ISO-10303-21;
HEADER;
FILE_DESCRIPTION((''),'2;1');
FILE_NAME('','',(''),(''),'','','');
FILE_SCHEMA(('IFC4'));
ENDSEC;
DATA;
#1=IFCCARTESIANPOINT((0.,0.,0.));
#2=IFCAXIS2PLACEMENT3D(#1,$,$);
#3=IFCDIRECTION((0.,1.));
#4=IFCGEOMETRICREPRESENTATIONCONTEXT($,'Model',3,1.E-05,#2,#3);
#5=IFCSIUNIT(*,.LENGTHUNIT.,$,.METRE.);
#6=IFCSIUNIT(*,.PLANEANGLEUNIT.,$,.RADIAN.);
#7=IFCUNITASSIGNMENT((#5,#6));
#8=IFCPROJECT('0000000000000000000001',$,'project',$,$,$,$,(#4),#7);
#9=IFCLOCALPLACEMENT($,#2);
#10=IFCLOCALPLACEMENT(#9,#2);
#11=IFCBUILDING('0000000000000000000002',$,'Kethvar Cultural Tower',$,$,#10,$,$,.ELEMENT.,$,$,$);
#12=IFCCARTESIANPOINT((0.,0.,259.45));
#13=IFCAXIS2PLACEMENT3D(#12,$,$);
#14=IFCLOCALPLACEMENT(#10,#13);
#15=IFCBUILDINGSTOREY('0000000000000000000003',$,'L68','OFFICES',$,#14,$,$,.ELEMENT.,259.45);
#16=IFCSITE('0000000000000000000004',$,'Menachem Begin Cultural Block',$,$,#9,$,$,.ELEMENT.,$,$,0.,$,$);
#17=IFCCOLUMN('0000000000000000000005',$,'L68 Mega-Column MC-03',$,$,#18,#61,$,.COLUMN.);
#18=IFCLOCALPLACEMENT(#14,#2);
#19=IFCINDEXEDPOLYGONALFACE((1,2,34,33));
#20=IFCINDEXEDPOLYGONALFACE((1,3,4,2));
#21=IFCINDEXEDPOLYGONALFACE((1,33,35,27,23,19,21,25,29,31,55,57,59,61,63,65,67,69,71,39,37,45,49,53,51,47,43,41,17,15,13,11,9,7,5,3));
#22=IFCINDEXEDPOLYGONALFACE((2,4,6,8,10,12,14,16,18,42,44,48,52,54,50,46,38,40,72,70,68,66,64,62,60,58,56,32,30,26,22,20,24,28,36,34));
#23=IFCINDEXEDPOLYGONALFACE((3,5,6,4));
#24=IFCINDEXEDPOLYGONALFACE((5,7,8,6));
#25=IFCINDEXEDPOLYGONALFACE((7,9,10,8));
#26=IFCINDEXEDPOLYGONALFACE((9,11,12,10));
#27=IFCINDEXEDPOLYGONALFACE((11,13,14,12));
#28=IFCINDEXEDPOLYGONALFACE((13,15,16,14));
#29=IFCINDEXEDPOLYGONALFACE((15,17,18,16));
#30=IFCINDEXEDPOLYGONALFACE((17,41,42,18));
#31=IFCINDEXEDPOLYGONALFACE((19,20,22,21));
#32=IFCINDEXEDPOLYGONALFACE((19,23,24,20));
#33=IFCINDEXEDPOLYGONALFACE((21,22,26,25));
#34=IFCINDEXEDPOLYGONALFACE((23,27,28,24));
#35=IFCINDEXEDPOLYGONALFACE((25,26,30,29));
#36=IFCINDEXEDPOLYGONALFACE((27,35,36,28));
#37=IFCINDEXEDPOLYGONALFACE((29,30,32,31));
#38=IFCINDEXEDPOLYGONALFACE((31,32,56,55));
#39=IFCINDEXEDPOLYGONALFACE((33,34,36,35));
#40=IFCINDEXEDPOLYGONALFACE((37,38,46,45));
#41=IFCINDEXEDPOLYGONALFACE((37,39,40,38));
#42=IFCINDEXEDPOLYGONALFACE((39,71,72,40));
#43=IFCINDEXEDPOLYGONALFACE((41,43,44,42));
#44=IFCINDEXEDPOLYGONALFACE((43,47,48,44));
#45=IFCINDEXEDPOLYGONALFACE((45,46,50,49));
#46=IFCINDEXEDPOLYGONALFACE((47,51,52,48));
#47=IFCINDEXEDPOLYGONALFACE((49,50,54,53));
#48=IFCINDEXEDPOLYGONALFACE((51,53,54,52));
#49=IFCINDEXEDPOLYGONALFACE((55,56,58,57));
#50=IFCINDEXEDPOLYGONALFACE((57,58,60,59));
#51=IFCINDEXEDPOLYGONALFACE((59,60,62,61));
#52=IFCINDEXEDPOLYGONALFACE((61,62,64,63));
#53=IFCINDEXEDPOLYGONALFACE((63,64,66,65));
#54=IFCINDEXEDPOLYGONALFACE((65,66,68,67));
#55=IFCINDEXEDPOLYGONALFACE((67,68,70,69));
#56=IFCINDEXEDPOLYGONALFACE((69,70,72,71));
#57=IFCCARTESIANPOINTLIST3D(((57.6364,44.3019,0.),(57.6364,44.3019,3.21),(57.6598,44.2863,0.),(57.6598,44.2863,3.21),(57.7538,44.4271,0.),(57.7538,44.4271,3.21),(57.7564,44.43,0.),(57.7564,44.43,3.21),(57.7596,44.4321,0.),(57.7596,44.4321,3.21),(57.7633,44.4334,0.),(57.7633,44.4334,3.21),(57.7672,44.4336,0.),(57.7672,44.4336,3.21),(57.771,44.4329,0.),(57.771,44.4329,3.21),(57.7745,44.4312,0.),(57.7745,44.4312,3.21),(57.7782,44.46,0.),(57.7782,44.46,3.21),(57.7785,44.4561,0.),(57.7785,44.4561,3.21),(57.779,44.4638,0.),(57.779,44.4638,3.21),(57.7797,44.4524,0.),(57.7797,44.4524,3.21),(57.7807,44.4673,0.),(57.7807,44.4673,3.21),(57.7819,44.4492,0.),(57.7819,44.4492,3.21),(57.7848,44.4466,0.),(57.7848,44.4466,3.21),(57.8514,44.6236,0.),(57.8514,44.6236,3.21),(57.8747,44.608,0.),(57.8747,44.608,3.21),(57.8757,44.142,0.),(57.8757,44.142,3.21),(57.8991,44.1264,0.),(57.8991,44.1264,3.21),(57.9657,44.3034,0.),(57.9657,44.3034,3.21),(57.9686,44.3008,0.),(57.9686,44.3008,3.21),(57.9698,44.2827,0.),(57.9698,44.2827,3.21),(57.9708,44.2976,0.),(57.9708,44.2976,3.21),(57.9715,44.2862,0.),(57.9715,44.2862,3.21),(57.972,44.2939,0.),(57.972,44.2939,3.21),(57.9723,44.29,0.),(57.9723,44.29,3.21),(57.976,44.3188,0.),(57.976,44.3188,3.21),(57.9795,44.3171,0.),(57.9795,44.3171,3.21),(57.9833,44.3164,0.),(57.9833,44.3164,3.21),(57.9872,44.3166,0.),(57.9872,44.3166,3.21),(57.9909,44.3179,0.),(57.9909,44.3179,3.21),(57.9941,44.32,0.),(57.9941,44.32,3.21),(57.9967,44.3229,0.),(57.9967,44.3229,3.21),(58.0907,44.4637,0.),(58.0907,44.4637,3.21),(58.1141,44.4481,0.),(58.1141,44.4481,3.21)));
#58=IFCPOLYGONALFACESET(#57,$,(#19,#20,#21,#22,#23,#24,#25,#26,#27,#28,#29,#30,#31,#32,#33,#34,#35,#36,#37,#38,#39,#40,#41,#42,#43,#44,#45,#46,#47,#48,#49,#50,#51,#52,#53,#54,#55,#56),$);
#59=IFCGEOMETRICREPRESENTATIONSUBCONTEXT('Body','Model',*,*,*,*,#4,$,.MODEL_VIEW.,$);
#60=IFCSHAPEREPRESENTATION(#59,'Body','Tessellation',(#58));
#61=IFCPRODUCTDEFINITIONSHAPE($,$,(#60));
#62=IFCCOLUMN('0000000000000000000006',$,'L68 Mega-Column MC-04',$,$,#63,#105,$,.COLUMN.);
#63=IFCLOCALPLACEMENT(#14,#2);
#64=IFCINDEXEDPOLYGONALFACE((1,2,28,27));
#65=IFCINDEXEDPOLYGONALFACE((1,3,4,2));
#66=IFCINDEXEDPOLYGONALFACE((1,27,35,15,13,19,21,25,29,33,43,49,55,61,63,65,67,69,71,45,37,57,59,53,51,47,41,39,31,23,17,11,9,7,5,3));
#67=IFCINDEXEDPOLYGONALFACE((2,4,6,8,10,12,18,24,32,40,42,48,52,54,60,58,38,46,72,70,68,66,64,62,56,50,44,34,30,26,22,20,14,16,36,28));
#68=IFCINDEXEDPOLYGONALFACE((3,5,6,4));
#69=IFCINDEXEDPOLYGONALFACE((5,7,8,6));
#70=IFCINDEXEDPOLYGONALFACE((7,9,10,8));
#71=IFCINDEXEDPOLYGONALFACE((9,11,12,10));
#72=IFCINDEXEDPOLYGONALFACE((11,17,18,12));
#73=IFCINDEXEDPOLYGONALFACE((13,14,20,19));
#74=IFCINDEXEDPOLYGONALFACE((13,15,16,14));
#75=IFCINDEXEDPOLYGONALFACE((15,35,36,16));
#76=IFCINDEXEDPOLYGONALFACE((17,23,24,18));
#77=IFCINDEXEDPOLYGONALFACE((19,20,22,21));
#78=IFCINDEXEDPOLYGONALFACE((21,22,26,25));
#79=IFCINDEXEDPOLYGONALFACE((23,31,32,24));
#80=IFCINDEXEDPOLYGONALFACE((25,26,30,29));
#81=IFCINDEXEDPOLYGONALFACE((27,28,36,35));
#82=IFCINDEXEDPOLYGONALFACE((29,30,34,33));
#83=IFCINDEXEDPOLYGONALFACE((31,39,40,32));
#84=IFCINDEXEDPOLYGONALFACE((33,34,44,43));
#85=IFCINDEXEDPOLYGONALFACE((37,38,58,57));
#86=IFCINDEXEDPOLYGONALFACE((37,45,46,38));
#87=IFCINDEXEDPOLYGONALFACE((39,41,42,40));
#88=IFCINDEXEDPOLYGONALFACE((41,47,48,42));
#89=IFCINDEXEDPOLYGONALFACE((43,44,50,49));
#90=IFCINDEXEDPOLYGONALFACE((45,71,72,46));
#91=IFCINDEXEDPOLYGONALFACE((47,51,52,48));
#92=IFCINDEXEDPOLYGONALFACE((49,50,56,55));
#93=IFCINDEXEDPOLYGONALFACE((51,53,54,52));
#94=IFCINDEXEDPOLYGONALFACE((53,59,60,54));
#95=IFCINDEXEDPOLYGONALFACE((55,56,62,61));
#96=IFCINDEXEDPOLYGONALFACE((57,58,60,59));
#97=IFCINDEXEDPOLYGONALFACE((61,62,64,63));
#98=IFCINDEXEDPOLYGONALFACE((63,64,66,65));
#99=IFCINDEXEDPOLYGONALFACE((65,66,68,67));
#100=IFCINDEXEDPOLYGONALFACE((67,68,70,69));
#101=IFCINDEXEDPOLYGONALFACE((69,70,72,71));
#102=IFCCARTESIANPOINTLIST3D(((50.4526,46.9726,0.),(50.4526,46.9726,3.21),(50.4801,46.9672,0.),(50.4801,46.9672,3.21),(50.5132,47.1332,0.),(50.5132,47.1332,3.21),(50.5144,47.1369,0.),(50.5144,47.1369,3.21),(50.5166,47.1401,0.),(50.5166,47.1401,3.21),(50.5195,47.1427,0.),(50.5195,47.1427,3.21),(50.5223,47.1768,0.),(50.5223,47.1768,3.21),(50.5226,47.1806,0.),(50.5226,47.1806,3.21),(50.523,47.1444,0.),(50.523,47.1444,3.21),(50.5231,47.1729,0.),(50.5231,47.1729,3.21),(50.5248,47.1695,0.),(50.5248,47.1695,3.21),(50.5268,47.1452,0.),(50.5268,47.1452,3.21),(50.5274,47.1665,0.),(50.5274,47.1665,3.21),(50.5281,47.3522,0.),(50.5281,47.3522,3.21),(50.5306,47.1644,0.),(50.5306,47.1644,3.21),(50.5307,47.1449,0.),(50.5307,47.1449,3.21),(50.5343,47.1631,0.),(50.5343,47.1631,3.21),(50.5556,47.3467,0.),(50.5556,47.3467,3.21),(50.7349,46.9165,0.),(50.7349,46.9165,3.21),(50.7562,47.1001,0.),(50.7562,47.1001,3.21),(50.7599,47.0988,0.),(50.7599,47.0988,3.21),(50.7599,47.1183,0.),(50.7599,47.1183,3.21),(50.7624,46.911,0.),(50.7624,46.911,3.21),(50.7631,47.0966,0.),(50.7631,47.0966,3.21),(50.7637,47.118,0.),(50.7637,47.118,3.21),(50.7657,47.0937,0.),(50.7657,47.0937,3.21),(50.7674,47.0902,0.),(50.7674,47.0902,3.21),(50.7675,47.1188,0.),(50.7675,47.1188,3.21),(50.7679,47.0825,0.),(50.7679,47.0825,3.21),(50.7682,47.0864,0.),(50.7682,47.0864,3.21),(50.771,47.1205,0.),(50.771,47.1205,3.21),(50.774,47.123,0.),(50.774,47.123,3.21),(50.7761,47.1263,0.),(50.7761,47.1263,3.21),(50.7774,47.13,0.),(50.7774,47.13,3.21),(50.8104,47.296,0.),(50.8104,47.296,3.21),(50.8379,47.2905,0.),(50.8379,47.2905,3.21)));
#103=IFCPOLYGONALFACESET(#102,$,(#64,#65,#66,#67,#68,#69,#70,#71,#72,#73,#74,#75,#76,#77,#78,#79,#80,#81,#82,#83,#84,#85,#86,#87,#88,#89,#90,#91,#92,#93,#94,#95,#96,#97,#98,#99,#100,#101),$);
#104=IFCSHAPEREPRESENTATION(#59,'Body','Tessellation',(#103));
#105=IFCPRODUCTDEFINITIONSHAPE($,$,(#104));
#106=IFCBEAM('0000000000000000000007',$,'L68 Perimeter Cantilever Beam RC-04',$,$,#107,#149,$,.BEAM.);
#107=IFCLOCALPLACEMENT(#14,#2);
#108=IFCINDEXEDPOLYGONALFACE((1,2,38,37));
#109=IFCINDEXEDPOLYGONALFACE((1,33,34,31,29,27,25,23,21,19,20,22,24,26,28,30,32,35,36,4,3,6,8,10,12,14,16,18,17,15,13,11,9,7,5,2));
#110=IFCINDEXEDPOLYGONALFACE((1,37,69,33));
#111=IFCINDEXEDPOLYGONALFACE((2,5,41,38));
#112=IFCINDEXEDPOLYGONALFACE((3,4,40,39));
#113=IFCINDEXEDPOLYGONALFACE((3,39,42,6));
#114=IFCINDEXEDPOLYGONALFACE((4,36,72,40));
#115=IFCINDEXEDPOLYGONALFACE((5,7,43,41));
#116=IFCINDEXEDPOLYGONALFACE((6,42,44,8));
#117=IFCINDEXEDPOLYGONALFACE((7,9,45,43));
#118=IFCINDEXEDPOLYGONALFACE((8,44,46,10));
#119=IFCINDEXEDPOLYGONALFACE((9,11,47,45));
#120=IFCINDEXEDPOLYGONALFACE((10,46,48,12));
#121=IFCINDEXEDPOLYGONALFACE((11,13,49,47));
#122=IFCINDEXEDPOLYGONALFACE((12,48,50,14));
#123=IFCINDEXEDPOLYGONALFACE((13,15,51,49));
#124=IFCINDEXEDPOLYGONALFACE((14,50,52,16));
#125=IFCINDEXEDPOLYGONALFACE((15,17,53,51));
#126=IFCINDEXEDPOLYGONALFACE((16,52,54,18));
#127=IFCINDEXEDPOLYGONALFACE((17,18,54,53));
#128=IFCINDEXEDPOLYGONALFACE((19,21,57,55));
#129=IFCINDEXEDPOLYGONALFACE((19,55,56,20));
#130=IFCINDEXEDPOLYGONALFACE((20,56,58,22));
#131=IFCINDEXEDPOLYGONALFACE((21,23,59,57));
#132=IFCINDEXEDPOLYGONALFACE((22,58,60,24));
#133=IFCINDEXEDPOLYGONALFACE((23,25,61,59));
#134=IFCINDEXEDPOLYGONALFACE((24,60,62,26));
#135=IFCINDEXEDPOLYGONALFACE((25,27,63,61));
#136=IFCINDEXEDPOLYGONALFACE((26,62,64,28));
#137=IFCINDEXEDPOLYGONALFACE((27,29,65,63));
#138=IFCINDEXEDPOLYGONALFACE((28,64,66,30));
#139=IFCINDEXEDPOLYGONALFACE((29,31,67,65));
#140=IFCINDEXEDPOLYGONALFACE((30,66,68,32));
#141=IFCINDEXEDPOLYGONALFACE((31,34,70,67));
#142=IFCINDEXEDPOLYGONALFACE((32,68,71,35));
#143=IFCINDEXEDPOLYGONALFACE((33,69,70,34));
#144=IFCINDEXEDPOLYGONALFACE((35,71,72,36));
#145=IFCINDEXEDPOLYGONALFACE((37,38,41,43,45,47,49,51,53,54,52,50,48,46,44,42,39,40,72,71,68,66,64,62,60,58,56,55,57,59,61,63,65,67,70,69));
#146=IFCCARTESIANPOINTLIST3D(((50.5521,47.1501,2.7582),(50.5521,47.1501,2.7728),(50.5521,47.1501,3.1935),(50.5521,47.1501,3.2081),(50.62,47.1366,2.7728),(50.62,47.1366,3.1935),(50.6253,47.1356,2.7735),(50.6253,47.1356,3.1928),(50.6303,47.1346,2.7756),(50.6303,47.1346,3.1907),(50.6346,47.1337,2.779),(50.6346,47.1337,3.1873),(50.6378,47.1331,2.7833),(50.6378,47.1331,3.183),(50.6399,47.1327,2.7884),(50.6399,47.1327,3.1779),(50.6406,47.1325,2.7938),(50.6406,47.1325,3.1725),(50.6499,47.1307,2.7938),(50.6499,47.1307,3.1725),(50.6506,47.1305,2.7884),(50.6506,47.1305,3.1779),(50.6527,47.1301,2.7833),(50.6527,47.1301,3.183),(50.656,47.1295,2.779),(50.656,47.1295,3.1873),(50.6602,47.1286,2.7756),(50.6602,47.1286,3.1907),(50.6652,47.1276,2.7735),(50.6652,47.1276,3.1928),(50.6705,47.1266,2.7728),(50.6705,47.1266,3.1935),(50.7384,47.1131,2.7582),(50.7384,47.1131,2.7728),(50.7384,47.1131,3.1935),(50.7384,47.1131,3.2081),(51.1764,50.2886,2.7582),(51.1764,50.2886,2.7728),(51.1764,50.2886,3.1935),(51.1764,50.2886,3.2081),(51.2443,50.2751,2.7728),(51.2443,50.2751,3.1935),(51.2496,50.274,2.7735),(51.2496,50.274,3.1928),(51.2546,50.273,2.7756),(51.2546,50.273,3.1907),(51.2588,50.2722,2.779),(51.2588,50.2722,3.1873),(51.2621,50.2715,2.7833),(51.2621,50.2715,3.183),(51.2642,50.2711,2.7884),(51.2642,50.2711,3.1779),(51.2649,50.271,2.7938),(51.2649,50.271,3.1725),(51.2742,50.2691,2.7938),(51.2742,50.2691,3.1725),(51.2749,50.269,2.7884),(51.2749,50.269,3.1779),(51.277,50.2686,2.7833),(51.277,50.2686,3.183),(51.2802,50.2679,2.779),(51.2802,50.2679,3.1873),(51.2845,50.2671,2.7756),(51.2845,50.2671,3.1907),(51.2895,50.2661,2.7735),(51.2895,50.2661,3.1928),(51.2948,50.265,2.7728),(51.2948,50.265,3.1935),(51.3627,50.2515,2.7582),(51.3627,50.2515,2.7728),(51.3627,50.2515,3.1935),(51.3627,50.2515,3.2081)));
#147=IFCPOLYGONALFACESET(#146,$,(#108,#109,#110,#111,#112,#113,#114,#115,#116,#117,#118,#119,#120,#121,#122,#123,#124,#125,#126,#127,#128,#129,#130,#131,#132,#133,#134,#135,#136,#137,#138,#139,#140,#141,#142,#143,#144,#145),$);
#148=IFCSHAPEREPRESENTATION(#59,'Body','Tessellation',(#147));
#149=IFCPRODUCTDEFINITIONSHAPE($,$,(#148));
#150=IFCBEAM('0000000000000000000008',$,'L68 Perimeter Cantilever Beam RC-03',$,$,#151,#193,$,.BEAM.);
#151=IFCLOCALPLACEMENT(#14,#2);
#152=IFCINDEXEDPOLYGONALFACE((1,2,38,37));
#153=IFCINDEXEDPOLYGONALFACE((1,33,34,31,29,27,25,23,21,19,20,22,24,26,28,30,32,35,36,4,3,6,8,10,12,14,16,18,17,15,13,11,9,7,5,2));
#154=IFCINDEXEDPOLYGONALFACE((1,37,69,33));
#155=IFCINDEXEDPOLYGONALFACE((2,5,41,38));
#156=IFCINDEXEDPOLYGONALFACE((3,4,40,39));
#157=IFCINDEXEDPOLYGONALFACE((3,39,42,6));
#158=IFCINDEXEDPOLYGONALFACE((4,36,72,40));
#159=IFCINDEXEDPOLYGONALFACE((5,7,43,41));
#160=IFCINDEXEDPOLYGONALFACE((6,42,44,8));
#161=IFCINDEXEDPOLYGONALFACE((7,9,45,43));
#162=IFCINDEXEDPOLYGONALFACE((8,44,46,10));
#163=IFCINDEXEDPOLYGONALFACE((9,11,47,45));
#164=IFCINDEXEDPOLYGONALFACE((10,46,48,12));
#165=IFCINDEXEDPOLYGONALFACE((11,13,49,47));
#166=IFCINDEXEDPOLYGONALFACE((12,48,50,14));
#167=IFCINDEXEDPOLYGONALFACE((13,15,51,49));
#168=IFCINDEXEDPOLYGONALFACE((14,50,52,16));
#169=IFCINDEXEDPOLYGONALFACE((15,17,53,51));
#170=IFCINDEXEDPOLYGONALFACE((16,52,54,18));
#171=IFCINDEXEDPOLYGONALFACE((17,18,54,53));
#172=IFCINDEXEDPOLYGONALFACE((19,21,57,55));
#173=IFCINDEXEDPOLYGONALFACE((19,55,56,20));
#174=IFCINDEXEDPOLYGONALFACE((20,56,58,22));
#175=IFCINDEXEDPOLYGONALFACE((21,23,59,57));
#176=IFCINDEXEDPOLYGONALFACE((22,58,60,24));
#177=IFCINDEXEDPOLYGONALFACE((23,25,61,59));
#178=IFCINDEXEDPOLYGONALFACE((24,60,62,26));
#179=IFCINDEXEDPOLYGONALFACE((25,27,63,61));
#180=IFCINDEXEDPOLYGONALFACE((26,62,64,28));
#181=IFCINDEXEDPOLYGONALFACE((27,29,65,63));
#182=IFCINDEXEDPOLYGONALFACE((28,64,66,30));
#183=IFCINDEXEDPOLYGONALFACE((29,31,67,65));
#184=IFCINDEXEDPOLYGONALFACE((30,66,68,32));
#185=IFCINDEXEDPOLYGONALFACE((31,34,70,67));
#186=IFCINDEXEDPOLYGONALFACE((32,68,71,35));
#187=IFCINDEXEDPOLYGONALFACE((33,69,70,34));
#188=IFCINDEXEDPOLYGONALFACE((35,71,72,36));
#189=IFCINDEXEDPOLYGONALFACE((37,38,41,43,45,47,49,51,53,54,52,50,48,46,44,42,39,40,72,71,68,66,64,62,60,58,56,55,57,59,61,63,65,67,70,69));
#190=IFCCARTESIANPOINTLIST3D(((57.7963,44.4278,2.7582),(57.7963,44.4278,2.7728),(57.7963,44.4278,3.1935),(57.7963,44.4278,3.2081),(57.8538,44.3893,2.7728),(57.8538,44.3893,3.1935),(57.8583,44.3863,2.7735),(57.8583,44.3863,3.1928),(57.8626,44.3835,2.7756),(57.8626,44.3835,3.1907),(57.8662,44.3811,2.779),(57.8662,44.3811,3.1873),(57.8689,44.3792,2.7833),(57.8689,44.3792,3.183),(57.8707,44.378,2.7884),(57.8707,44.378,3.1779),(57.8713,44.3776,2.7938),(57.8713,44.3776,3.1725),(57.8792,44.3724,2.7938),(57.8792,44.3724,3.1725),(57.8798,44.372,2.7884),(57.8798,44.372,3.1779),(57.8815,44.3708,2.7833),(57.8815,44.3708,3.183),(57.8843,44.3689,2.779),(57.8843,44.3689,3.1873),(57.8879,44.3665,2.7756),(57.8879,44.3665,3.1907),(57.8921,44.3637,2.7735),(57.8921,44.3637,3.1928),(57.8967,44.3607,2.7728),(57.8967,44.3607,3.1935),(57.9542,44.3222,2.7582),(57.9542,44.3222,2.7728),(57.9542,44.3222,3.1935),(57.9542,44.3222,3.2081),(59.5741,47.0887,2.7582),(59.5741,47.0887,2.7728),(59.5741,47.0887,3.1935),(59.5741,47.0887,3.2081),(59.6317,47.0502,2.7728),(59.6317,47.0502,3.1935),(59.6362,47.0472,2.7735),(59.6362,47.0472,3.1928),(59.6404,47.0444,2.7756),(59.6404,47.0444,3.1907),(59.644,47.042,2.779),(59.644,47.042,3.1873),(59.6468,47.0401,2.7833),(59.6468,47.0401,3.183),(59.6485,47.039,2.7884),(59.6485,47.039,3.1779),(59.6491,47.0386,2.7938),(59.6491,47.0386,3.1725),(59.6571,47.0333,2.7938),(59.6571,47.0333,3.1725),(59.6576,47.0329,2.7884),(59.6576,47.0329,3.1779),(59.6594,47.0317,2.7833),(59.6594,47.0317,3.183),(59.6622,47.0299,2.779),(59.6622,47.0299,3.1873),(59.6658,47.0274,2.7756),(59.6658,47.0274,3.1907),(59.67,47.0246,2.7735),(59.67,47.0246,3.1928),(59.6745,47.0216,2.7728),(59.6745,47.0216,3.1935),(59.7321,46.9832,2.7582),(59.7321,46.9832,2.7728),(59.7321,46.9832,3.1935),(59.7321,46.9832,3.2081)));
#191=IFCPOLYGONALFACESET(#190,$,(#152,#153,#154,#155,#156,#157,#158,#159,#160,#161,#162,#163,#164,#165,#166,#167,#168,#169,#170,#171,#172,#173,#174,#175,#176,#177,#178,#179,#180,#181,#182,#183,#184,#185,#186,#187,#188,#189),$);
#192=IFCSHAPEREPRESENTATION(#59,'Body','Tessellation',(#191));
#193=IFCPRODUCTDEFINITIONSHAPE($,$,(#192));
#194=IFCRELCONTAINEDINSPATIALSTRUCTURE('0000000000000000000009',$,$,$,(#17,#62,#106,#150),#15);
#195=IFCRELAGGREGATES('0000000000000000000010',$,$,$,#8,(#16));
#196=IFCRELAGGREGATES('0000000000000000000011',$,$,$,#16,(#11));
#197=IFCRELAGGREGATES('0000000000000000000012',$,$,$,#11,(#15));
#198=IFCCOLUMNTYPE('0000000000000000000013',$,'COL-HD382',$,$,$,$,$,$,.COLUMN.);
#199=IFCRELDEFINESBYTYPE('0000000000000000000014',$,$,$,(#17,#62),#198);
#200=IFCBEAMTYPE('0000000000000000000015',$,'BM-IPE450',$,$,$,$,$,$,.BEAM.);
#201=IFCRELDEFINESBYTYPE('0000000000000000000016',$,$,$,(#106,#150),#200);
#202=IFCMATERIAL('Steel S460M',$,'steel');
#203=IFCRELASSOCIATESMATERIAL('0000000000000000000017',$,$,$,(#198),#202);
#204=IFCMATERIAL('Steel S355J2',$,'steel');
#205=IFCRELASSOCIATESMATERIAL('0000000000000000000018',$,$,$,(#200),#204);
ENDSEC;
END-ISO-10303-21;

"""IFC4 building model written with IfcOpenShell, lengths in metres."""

from ifc_helpers import new_model, si_unit, direction, frame, origin, origin_2d, place, context, subcontext, project, spatial, i_section, extrude, source, transform, mapped, material, material_profile, profile_set, type_object, element, save


model = new_model("IFC4")

# Units and contexts
model_context = context("Model", 3, precision=1e-05, world=origin(), true_north=direction((0.0, 1.0)))
body_context = subcontext(model_context, "Body", "Model", "MODEL_VIEW")
ifc_project = project(units=[si_unit("LENGTHUNIT", "METRE"), si_unit("PLANEANGLEUNIT", "RADIAN")], contexts=[model_context])

# Site, building, storey
site_placement = place(None, origin())
site = spatial("IfcSite", under=ifc_project, at=site_placement, Name="Menachem Begin Cultural Block", CompositionType="ELEMENT", RefElevation=0.0)
building_placement = place(site_placement, origin())
building = spatial("IfcBuilding", under=site, at=building_placement, Name="Kethvar Cultural Tower", CompositionType="ELEMENT")
storey_placement = place(building_placement, frame((0.0, 0.0, 259.45)))
storey = spatial("IfcBuildingStorey", under=building, at=storey_placement, Name="L68", Description="OFFICES", CompositionType="ELEMENT", Elevation=259.45)

# Columns
ifc_material_1 = material(Name="Steel S460M", Category="steel")
ifc_material_profile_1 = material_profile(ifc_material_1, i_section(OverallWidth=0.387, OverallDepth=0.3159, WebThickness=0.0186, FlangeThickness=0.0281, FilletRadius=0.0149, at=origin_2d()), Name="Steel S460M — HD400x382")
ifc_profile_set_1 = profile_set([ifc_material_profile_1], Name="Steel S460M — HD400x382")
column_type = type_object("IfcColumnType", Name="COL-HD382", PredefinedType="COLUMN", material=ifc_profile_set_1)
shared_shape_1 = source(origin(), body_context, "Body", "SweptSolid", [
    extrude(i_section(OverallWidth=0.387, OverallDepth=0.3159, WebThickness=0.0186, FlangeThickness=0.0281, FilletRadius=0.0149, at=origin_2d()), origin(), (0.0, 0.0, 1.0), 3.21),
])
for number, where, z_axis, x_axis, name in (
    (1, (57.8752, 44.375, 0.0), (0.0, 0.0, 1.0), (0.55557, 0.83147, 0.0), "L68 Mega-Column MC-03"),
    (2, (50.6453, 47.1316, 0.0), (0.0, 0.0, 1.0), (0.19509, 0.980785, 0.0), "L68 Mega-Column MC-04"),
):
    element("IfcColumn", number, at=place(storey_placement, frame(where, z_axis=z_axis, x_axis=x_axis)), inside=storey, type_object=column_type, Name=name, PredefinedType="COLUMN", context=body_context, shape_type="MappedRepresentation", body=[
        mapped(shared_shape_1, transform((0.0, 0.0, 0.0), scale=1.0)),
    ])

# Beams
ifc_material_2 = material(Name="Steel S355J2", Category="steel")
ifc_material_profile_2 = material_profile(ifc_material_2, i_section(OverallWidth=0.1899, OverallDepth=0.45, WebThickness=0.0095, FlangeThickness=0.0146, FilletRadius=0.021, at=origin_2d()), Name="Steel S355J2 — IPE450")
ifc_profile_set_2 = profile_set([ifc_material_profile_2], Name="Steel S355J2 — IPE450")
beam_type_1 = type_object("IfcBeamType", Name="BM-IPE450", PredefinedType="BEAM", material=ifc_profile_set_2)
shared_shape_2 = source(origin(), body_context, "Body", "SweptSolid", [
    extrude(i_section(OverallWidth=0.1899, OverallDepth=0.45, WebThickness=0.0095, FlangeThickness=0.0146, FilletRadius=0.021, at=origin_2d()), origin(), (0.0, 0.0, 1.0), 3.2),
])
beam_1_placement = place(storey_placement, frame((50.6453, 47.1316, 2.9832), z_axis=(0.195089, 0.980786, 0.0), x_axis=(-0.980786, 0.195089, 0.0)))
element("IfcBeam", 3, at=beam_1_placement, inside=storey, type_object=beam_type_1, Name="L68 Perimeter Cantilever Beam RC-04", PredefinedType="BEAM", context=body_context, shape_type="MappedRepresentation", body=[
    mapped(shared_shape_2, transform((0.0, 0.0, 0.0), scale=1.0)),
])
shared_shape_3 = source(origin(), body_context, "Body", "SweptSolid", [
    extrude(i_section(OverallWidth=0.1899, OverallDepth=0.45, WebThickness=0.0095, FlangeThickness=0.0146, FilletRadius=0.021, at=origin_2d()), origin(), (0.0, 0.0, 1.0), 3.2002),
])
beam_2_placement = place(storey_placement, frame((57.8752, 44.375, 2.9832), z_axis=(0.555545, 0.831486, 0.0), x_axis=(-0.831486, 0.555545, 0.0)))
element("IfcBeam", 4, at=beam_2_placement, inside=storey, type_object=beam_type_1, Name="L68 Perimeter Cantilever Beam RC-03", PredefinedType="BEAM", context=body_context, shape_type="MappedRepresentation", body=[
    mapped(shared_shape_3, transform((0.0, 0.0, 0.0), scale=1.0)),
])

save(model, "model.ifc")
